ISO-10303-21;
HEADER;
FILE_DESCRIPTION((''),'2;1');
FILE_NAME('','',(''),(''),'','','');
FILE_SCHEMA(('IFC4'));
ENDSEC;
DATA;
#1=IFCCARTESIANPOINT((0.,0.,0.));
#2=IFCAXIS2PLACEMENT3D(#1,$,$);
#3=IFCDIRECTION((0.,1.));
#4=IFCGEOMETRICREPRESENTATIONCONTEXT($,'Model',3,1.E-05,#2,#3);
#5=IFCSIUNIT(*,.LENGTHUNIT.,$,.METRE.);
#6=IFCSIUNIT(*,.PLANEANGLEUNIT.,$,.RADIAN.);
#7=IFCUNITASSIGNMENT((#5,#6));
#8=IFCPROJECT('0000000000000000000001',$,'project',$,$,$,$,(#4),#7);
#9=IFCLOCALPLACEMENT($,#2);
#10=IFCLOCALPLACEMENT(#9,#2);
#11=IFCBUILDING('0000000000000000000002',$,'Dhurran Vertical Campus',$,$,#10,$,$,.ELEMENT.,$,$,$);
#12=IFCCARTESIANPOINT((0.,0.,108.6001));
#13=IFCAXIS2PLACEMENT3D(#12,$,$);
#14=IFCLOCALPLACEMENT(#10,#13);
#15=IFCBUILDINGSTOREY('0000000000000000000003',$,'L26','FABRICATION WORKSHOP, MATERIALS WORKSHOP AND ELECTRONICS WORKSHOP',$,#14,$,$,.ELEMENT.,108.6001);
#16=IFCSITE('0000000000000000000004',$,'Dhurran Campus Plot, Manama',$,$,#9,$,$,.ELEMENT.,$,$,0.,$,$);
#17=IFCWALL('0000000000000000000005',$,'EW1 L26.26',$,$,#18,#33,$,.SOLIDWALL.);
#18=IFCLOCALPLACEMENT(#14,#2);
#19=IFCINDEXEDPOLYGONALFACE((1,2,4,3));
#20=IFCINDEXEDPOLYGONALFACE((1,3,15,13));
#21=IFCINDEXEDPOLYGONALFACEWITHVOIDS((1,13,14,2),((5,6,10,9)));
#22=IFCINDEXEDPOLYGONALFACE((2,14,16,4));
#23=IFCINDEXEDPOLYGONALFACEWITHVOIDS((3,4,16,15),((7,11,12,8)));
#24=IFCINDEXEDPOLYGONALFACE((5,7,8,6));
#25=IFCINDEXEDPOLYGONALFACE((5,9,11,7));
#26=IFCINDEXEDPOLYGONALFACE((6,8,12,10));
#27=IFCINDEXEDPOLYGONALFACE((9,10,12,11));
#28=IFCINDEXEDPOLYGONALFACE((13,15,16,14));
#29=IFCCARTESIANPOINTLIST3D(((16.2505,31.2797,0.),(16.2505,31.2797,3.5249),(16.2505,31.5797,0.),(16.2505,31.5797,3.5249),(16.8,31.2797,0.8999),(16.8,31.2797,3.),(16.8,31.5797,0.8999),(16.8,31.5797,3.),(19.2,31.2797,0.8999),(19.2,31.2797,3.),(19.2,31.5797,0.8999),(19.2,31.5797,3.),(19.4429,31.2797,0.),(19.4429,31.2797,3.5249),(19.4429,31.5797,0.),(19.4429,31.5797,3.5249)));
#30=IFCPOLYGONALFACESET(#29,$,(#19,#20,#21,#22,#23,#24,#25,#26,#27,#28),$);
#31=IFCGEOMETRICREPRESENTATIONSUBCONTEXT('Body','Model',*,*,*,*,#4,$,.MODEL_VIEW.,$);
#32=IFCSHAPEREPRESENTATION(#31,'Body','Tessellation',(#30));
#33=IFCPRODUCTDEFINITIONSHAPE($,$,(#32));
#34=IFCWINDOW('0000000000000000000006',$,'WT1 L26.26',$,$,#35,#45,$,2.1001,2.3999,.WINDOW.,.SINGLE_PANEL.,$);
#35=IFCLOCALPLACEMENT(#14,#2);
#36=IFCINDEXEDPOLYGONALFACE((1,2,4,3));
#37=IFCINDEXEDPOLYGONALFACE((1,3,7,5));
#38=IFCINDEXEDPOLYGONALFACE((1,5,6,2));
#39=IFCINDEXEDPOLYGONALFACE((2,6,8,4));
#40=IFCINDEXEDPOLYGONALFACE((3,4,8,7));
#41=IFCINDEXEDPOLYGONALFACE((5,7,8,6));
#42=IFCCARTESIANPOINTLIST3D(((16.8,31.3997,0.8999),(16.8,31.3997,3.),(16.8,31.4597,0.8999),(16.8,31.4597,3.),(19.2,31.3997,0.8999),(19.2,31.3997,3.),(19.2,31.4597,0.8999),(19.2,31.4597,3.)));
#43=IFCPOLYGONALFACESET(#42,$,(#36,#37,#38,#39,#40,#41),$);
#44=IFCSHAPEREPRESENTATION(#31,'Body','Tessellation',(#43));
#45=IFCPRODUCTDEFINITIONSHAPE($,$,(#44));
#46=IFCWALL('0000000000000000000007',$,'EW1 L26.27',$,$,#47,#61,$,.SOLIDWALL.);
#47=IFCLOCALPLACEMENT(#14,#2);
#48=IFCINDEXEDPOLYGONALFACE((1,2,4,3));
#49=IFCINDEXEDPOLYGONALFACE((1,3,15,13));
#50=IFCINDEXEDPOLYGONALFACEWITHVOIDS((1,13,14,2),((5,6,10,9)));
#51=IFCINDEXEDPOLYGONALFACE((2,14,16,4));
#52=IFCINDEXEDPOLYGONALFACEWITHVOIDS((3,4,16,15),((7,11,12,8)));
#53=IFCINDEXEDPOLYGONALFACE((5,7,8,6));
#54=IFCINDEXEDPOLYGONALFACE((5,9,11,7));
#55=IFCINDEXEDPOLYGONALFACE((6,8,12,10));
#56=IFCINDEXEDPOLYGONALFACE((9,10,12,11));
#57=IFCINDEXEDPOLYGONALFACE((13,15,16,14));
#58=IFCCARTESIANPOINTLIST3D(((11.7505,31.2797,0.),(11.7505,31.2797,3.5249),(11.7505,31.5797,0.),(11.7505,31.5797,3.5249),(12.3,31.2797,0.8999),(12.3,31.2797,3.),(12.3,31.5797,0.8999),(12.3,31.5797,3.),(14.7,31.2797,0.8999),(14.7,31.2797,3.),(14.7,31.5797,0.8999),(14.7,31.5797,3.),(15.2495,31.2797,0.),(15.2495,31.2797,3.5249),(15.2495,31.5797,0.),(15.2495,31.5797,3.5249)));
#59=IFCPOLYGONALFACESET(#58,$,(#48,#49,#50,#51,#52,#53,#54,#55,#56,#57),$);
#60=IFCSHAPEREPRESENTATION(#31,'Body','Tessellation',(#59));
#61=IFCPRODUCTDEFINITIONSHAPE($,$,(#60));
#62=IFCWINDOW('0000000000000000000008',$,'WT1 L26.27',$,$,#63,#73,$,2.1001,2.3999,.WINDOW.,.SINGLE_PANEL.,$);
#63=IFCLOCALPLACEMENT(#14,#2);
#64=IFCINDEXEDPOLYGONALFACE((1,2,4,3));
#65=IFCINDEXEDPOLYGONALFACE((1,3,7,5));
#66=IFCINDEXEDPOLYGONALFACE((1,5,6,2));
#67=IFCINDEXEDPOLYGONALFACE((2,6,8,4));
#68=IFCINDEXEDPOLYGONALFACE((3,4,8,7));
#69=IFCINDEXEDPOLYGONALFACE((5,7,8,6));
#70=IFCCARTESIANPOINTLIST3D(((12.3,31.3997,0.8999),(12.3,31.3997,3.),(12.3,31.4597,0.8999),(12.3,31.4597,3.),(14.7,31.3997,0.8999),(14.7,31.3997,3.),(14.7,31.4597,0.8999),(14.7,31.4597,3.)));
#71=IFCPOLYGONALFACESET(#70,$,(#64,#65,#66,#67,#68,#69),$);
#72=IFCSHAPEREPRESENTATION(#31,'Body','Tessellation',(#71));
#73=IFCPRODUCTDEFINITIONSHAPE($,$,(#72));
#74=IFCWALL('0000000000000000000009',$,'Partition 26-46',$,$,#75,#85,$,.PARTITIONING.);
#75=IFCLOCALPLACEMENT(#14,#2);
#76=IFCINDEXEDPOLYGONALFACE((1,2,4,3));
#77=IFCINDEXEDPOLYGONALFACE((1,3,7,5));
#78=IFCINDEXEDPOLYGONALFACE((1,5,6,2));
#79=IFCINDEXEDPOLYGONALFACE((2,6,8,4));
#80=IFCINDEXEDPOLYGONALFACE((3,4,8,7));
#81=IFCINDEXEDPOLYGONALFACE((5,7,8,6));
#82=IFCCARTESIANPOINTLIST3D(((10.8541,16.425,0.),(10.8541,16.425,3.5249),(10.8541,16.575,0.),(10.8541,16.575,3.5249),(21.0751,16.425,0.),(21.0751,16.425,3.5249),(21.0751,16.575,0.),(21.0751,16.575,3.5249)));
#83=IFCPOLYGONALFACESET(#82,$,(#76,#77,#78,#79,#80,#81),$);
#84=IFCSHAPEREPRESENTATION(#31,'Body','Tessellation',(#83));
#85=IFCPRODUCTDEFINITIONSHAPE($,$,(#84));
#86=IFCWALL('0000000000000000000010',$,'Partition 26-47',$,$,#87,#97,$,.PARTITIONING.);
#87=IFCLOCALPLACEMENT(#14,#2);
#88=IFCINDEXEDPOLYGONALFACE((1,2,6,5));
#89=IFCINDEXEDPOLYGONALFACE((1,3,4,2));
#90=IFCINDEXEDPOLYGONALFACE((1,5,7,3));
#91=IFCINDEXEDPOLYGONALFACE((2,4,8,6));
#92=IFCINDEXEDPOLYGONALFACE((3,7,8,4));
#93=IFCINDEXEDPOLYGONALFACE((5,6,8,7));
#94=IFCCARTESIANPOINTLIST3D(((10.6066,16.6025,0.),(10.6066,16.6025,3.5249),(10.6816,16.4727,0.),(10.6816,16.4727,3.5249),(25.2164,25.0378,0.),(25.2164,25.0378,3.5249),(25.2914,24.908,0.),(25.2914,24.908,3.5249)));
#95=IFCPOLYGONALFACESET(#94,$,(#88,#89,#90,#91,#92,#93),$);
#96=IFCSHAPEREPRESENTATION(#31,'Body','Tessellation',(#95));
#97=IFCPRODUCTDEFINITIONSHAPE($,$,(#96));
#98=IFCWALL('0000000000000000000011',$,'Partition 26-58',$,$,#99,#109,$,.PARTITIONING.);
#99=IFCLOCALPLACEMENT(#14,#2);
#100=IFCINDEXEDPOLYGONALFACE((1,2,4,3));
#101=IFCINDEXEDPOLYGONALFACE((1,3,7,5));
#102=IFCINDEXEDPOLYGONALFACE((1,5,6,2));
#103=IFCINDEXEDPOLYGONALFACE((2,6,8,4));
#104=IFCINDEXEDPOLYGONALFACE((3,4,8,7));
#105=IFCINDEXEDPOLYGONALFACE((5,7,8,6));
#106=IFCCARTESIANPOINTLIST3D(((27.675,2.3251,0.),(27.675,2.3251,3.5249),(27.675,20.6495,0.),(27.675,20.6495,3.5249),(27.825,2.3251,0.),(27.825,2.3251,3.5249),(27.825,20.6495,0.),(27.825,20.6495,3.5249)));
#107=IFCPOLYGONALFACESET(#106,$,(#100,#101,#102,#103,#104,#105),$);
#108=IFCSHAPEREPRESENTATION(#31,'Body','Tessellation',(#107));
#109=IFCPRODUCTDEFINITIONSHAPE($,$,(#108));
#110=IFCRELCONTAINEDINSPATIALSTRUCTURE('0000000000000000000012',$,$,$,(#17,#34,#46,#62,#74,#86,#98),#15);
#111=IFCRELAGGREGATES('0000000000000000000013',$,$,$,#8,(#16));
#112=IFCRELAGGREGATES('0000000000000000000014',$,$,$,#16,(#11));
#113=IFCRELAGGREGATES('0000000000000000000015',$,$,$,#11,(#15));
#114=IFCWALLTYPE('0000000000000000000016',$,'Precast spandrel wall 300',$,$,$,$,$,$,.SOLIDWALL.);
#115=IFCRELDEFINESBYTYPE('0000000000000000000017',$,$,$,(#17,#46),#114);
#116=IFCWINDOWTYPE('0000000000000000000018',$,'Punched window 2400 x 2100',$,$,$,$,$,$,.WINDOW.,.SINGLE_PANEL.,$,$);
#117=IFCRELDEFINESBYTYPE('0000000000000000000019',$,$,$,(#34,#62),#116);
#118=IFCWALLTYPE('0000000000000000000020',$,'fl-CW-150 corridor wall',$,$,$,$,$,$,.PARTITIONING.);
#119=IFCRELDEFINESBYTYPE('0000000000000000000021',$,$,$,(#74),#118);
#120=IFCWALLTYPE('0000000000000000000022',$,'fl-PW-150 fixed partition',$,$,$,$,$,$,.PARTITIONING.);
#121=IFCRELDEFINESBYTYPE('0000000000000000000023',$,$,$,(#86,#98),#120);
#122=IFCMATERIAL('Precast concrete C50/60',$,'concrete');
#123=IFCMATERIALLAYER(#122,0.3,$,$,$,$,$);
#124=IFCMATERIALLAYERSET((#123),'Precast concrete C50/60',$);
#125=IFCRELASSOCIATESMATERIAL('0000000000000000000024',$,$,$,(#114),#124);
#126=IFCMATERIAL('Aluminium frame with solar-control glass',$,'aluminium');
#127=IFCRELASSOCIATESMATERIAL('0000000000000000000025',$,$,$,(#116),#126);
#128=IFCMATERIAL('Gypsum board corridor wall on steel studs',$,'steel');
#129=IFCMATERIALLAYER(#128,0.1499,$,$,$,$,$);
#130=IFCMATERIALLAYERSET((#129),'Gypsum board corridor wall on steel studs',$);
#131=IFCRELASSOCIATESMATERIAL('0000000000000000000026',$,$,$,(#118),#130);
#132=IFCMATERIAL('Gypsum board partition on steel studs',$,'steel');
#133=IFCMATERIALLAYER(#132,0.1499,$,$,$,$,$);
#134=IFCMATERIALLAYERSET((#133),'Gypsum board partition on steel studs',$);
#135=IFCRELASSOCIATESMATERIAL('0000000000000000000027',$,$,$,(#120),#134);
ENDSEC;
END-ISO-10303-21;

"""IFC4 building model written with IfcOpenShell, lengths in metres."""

from ifc_helpers import new_model, si_unit, direction, frame, frame_2d, origin, place, context, subcontext, project, spatial, rectangle, extrude, material, layer, layer_set, type_object, element, fill, save


model = new_model("IFC4")

# Units and contexts
model_context = context("Model", 3, precision=1e-05, world=origin(), true_north=direction((0.0, 1.0)))
body_context = subcontext(model_context, "Body", "Model", "MODEL_VIEW")
ifc_project = project(units=[si_unit("LENGTHUNIT", "METRE"), si_unit("PLANEANGLEUNIT", "RADIAN")], contexts=[model_context])

# Site, building, storey
site_placement = place(None, origin())
site = spatial("IfcSite", under=ifc_project, at=site_placement, Name="Dhurran Campus Plot, Manama", CompositionType="ELEMENT", RefElevation=0.0)
building_placement = place(site_placement, origin())
building = spatial("IfcBuilding", under=site, at=building_placement, Name="Dhurran Vertical Campus", CompositionType="ELEMENT")
storey_placement = place(building_placement, frame((0.0, 0.0, 108.6001)))
storey = spatial("IfcBuildingStorey", under=building, at=storey_placement, Name="L26", Description="FABRICATION WORKSHOP, MATERIALS WORKSHOP AND ELECTRONICS WORKSHOP", CompositionType="ELEMENT", Elevation=108.6001)

# Walls, openings, windows
ifc_material_1 = material(Name="Precast concrete C50/60", Category="concrete")
ifc_layer_1 = layer(ifc_material_1, 0.3)
ifc_layer_set_1 = layer_set([ifc_layer_1], Name="Precast concrete C50/60")
wall_type_1 = type_object("IfcWallType", Name="Precast spandrel wall 300", PredefinedType="SOLIDWALL", material=ifc_layer_set_1)
ifc_material_2 = material(Name="Aluminium frame with solar-control glass", Category="aluminium")
window_type = type_object("IfcWindowType", Name="Punched window 2400 x 2100", PartitioningType="SINGLE_PANEL", PredefinedType="WINDOW", material=ifc_material_2)
wall_1_placement = place(storey_placement, frame((19.4429, 31.4297, 0.0), z_axis=(0.0, 0.0, 1.0), x_axis=(-1.0, 0.0, 0.0)))
wall_1 = element("IfcWall", 1, at=wall_1_placement, inside=storey, type_object=wall_type_1, Name="EW1 L26.26", PredefinedType="SOLIDWALL", context=body_context, shape_type="SweptSolid", body=[
    extrude(rectangle(XDim=3.1924, YDim=0.3, at=frame_2d((1.5962, 0.0))), origin(), (0.0, 0.0, 1.0), 3.5249),
])
opening_1_placement = place(wall_1_placement, frame((0.2429, 0.0, 0.8999)))
opening_1 = element("IfcOpeningElement", 2, at=opening_1_placement, cuts=wall_1, PredefinedType="OPENING", context=body_context, shape_type="SweptSolid", body=[
    extrude(rectangle(XDim=2.3999, YDim=2.1001, at=frame_2d((1.2, 1.05))), frame((0.0, 0.1599, 0.0), z_axis=(0.0, -1.0, 0.0), x_axis=(1.0, 0.0, 0.0)), (0.0, 0.0, 1.0), 0.3201),
])
window_1_placement = place(opening_1_placement, origin())
window_1 = element("IfcWindow", 3, at=window_1_placement, inside=storey, type_object=window_type, Name="WT1 L26.26", OverallHeight=2.1001, OverallWidth=2.3999, PartitioningType="SINGLE_PANEL", PredefinedType="WINDOW", context=body_context, shape_type="SweptSolid", body=[
    extrude(rectangle(XDim=2.3999, YDim=2.1001, at=frame_2d((1.2, 1.05))), frame((0.0, 0.03, 0.0), z_axis=(0.0, -1.0, 0.0), x_axis=(1.0, 0.0, 0.0)), (0.0, 0.0, 1.0), 0.0601),
])
fill(opening_1, window_1)
wall_2_placement = place(storey_placement, frame((15.2495, 31.4297, 0.0), z_axis=(0.0, 0.0, 1.0), x_axis=(-1.0, 0.0, 0.0)))
wall_2 = element("IfcWall", 4, at=wall_2_placement, inside=storey, type_object=wall_type_1, Name="EW1 L26.27", PredefinedType="SOLIDWALL", context=body_context, shape_type="SweptSolid", body=[
    extrude(rectangle(XDim=3.499, YDim=0.3, at=frame_2d((1.7495, 0.0))), origin(), (0.0, 0.0, 1.0), 3.5249),
])
opening_2_placement = place(wall_2_placement, frame((0.5496, 0.0, 0.8999)))
opening_2 = element("IfcOpeningElement", 5, at=opening_2_placement, cuts=wall_2, PredefinedType="OPENING", context=body_context, shape_type="SweptSolid", body=[
    extrude(rectangle(XDim=2.3999, YDim=2.1001, at=frame_2d((1.2, 1.05))), frame((0.0, 0.1599, 0.0), z_axis=(0.0, -1.0, 0.0), x_axis=(1.0, 0.0, 0.0)), (0.0, 0.0, 1.0), 0.3201),
])
window_2_placement = place(opening_2_placement, origin())
window_2 = element("IfcWindow", 6, at=window_2_placement, inside=storey, type_object=window_type, Name="WT1 L26.27", OverallHeight=2.1001, OverallWidth=2.3999, PartitioningType="SINGLE_PANEL", PredefinedType="WINDOW", context=body_context, shape_type="SweptSolid", body=[
    extrude(rectangle(XDim=2.3999, YDim=2.1001, at=frame_2d((1.2, 1.05))), frame((0.0, 0.03, 0.0), z_axis=(0.0, -1.0, 0.0), x_axis=(1.0, 0.0, 0.0)), (0.0, 0.0, 1.0), 0.0601),
])
fill(opening_2, window_2)

# Walls
ifc_material_3 = material(Name="Gypsum board corridor wall on steel studs", Category="steel")
ifc_layer_2 = layer(ifc_material_3, 0.1499)
ifc_layer_set_2 = layer_set([ifc_layer_2], Name="Gypsum board corridor wall on steel studs")
wall_type_2 = type_object("IfcWallType", Name="fl-CW-150 corridor wall", PredefinedType="PARTITIONING", material=ifc_layer_set_2)
wall_3_placement = place(storey_placement, frame((21.075, 16.5, 0.0), z_axis=(0.0, 0.0, 1.0), x_axis=(-1.0, 0.0, 0.0)))
element("IfcWall", 7, at=wall_3_placement, inside=storey, type_object=wall_type_2, Name="Partition 26-46", PredefinedType="PARTITIONING", context=body_context, shape_type="SweptSolid", body=[
    extrude(rectangle(XDim=10.2209, YDim=0.1499, at=frame_2d((5.1104, 0.0))), origin(), (0.0, 0.0, 1.0), 3.5249),
])
ifc_material_4 = material(Name="Gypsum board partition on steel studs", Category="steel")
ifc_layer_3 = layer(ifc_material_4, 0.1499)
ifc_layer_set_3 = layer_set([ifc_layer_3], Name="Gypsum board partition on steel studs")
wall_type_3 = type_object("IfcWallType", Name="fl-PW-150 fixed partition", PredefinedType="PARTITIONING", material=ifc_layer_set_3)
wall_4_placement = place(storey_placement, frame((25.2539, 24.9729, 0.0), z_axis=(0.0, 0.0, 1.0), x_axis=(-0.866018, -0.500013, 0.0)))
element("IfcWall", 8, at=wall_4_placement, inside=storey, type_object=wall_type_3, Name="Partition 26-47", PredefinedType="PARTITIONING", context=body_context, shape_type="SweptSolid", body=[
    extrude(rectangle(XDim=16.8701, YDim=0.1499, at=frame_2d((8.4351, 0.0))), origin(), (0.0, 0.0, 1.0), 3.5249),
])
wall_5_placement = place(storey_placement, frame((27.75, 20.6494, 0.0), z_axis=(0.0, 0.0, 1.0), x_axis=(0.0, -1.0, 0.0)))
element("IfcWall", 9, at=wall_5_placement, inside=storey, type_object=wall_type_3, Name="Partition 26-58", PredefinedType="PARTITIONING", context=body_context, shape_type="SweptSolid", body=[
    extrude(rectangle(XDim=18.3245, YDim=0.1499, at=frame_2d((9.1621, 0.0))), origin(), (0.0, 0.0, 1.0), 3.5249),
])

save(model, "model.ifc")
